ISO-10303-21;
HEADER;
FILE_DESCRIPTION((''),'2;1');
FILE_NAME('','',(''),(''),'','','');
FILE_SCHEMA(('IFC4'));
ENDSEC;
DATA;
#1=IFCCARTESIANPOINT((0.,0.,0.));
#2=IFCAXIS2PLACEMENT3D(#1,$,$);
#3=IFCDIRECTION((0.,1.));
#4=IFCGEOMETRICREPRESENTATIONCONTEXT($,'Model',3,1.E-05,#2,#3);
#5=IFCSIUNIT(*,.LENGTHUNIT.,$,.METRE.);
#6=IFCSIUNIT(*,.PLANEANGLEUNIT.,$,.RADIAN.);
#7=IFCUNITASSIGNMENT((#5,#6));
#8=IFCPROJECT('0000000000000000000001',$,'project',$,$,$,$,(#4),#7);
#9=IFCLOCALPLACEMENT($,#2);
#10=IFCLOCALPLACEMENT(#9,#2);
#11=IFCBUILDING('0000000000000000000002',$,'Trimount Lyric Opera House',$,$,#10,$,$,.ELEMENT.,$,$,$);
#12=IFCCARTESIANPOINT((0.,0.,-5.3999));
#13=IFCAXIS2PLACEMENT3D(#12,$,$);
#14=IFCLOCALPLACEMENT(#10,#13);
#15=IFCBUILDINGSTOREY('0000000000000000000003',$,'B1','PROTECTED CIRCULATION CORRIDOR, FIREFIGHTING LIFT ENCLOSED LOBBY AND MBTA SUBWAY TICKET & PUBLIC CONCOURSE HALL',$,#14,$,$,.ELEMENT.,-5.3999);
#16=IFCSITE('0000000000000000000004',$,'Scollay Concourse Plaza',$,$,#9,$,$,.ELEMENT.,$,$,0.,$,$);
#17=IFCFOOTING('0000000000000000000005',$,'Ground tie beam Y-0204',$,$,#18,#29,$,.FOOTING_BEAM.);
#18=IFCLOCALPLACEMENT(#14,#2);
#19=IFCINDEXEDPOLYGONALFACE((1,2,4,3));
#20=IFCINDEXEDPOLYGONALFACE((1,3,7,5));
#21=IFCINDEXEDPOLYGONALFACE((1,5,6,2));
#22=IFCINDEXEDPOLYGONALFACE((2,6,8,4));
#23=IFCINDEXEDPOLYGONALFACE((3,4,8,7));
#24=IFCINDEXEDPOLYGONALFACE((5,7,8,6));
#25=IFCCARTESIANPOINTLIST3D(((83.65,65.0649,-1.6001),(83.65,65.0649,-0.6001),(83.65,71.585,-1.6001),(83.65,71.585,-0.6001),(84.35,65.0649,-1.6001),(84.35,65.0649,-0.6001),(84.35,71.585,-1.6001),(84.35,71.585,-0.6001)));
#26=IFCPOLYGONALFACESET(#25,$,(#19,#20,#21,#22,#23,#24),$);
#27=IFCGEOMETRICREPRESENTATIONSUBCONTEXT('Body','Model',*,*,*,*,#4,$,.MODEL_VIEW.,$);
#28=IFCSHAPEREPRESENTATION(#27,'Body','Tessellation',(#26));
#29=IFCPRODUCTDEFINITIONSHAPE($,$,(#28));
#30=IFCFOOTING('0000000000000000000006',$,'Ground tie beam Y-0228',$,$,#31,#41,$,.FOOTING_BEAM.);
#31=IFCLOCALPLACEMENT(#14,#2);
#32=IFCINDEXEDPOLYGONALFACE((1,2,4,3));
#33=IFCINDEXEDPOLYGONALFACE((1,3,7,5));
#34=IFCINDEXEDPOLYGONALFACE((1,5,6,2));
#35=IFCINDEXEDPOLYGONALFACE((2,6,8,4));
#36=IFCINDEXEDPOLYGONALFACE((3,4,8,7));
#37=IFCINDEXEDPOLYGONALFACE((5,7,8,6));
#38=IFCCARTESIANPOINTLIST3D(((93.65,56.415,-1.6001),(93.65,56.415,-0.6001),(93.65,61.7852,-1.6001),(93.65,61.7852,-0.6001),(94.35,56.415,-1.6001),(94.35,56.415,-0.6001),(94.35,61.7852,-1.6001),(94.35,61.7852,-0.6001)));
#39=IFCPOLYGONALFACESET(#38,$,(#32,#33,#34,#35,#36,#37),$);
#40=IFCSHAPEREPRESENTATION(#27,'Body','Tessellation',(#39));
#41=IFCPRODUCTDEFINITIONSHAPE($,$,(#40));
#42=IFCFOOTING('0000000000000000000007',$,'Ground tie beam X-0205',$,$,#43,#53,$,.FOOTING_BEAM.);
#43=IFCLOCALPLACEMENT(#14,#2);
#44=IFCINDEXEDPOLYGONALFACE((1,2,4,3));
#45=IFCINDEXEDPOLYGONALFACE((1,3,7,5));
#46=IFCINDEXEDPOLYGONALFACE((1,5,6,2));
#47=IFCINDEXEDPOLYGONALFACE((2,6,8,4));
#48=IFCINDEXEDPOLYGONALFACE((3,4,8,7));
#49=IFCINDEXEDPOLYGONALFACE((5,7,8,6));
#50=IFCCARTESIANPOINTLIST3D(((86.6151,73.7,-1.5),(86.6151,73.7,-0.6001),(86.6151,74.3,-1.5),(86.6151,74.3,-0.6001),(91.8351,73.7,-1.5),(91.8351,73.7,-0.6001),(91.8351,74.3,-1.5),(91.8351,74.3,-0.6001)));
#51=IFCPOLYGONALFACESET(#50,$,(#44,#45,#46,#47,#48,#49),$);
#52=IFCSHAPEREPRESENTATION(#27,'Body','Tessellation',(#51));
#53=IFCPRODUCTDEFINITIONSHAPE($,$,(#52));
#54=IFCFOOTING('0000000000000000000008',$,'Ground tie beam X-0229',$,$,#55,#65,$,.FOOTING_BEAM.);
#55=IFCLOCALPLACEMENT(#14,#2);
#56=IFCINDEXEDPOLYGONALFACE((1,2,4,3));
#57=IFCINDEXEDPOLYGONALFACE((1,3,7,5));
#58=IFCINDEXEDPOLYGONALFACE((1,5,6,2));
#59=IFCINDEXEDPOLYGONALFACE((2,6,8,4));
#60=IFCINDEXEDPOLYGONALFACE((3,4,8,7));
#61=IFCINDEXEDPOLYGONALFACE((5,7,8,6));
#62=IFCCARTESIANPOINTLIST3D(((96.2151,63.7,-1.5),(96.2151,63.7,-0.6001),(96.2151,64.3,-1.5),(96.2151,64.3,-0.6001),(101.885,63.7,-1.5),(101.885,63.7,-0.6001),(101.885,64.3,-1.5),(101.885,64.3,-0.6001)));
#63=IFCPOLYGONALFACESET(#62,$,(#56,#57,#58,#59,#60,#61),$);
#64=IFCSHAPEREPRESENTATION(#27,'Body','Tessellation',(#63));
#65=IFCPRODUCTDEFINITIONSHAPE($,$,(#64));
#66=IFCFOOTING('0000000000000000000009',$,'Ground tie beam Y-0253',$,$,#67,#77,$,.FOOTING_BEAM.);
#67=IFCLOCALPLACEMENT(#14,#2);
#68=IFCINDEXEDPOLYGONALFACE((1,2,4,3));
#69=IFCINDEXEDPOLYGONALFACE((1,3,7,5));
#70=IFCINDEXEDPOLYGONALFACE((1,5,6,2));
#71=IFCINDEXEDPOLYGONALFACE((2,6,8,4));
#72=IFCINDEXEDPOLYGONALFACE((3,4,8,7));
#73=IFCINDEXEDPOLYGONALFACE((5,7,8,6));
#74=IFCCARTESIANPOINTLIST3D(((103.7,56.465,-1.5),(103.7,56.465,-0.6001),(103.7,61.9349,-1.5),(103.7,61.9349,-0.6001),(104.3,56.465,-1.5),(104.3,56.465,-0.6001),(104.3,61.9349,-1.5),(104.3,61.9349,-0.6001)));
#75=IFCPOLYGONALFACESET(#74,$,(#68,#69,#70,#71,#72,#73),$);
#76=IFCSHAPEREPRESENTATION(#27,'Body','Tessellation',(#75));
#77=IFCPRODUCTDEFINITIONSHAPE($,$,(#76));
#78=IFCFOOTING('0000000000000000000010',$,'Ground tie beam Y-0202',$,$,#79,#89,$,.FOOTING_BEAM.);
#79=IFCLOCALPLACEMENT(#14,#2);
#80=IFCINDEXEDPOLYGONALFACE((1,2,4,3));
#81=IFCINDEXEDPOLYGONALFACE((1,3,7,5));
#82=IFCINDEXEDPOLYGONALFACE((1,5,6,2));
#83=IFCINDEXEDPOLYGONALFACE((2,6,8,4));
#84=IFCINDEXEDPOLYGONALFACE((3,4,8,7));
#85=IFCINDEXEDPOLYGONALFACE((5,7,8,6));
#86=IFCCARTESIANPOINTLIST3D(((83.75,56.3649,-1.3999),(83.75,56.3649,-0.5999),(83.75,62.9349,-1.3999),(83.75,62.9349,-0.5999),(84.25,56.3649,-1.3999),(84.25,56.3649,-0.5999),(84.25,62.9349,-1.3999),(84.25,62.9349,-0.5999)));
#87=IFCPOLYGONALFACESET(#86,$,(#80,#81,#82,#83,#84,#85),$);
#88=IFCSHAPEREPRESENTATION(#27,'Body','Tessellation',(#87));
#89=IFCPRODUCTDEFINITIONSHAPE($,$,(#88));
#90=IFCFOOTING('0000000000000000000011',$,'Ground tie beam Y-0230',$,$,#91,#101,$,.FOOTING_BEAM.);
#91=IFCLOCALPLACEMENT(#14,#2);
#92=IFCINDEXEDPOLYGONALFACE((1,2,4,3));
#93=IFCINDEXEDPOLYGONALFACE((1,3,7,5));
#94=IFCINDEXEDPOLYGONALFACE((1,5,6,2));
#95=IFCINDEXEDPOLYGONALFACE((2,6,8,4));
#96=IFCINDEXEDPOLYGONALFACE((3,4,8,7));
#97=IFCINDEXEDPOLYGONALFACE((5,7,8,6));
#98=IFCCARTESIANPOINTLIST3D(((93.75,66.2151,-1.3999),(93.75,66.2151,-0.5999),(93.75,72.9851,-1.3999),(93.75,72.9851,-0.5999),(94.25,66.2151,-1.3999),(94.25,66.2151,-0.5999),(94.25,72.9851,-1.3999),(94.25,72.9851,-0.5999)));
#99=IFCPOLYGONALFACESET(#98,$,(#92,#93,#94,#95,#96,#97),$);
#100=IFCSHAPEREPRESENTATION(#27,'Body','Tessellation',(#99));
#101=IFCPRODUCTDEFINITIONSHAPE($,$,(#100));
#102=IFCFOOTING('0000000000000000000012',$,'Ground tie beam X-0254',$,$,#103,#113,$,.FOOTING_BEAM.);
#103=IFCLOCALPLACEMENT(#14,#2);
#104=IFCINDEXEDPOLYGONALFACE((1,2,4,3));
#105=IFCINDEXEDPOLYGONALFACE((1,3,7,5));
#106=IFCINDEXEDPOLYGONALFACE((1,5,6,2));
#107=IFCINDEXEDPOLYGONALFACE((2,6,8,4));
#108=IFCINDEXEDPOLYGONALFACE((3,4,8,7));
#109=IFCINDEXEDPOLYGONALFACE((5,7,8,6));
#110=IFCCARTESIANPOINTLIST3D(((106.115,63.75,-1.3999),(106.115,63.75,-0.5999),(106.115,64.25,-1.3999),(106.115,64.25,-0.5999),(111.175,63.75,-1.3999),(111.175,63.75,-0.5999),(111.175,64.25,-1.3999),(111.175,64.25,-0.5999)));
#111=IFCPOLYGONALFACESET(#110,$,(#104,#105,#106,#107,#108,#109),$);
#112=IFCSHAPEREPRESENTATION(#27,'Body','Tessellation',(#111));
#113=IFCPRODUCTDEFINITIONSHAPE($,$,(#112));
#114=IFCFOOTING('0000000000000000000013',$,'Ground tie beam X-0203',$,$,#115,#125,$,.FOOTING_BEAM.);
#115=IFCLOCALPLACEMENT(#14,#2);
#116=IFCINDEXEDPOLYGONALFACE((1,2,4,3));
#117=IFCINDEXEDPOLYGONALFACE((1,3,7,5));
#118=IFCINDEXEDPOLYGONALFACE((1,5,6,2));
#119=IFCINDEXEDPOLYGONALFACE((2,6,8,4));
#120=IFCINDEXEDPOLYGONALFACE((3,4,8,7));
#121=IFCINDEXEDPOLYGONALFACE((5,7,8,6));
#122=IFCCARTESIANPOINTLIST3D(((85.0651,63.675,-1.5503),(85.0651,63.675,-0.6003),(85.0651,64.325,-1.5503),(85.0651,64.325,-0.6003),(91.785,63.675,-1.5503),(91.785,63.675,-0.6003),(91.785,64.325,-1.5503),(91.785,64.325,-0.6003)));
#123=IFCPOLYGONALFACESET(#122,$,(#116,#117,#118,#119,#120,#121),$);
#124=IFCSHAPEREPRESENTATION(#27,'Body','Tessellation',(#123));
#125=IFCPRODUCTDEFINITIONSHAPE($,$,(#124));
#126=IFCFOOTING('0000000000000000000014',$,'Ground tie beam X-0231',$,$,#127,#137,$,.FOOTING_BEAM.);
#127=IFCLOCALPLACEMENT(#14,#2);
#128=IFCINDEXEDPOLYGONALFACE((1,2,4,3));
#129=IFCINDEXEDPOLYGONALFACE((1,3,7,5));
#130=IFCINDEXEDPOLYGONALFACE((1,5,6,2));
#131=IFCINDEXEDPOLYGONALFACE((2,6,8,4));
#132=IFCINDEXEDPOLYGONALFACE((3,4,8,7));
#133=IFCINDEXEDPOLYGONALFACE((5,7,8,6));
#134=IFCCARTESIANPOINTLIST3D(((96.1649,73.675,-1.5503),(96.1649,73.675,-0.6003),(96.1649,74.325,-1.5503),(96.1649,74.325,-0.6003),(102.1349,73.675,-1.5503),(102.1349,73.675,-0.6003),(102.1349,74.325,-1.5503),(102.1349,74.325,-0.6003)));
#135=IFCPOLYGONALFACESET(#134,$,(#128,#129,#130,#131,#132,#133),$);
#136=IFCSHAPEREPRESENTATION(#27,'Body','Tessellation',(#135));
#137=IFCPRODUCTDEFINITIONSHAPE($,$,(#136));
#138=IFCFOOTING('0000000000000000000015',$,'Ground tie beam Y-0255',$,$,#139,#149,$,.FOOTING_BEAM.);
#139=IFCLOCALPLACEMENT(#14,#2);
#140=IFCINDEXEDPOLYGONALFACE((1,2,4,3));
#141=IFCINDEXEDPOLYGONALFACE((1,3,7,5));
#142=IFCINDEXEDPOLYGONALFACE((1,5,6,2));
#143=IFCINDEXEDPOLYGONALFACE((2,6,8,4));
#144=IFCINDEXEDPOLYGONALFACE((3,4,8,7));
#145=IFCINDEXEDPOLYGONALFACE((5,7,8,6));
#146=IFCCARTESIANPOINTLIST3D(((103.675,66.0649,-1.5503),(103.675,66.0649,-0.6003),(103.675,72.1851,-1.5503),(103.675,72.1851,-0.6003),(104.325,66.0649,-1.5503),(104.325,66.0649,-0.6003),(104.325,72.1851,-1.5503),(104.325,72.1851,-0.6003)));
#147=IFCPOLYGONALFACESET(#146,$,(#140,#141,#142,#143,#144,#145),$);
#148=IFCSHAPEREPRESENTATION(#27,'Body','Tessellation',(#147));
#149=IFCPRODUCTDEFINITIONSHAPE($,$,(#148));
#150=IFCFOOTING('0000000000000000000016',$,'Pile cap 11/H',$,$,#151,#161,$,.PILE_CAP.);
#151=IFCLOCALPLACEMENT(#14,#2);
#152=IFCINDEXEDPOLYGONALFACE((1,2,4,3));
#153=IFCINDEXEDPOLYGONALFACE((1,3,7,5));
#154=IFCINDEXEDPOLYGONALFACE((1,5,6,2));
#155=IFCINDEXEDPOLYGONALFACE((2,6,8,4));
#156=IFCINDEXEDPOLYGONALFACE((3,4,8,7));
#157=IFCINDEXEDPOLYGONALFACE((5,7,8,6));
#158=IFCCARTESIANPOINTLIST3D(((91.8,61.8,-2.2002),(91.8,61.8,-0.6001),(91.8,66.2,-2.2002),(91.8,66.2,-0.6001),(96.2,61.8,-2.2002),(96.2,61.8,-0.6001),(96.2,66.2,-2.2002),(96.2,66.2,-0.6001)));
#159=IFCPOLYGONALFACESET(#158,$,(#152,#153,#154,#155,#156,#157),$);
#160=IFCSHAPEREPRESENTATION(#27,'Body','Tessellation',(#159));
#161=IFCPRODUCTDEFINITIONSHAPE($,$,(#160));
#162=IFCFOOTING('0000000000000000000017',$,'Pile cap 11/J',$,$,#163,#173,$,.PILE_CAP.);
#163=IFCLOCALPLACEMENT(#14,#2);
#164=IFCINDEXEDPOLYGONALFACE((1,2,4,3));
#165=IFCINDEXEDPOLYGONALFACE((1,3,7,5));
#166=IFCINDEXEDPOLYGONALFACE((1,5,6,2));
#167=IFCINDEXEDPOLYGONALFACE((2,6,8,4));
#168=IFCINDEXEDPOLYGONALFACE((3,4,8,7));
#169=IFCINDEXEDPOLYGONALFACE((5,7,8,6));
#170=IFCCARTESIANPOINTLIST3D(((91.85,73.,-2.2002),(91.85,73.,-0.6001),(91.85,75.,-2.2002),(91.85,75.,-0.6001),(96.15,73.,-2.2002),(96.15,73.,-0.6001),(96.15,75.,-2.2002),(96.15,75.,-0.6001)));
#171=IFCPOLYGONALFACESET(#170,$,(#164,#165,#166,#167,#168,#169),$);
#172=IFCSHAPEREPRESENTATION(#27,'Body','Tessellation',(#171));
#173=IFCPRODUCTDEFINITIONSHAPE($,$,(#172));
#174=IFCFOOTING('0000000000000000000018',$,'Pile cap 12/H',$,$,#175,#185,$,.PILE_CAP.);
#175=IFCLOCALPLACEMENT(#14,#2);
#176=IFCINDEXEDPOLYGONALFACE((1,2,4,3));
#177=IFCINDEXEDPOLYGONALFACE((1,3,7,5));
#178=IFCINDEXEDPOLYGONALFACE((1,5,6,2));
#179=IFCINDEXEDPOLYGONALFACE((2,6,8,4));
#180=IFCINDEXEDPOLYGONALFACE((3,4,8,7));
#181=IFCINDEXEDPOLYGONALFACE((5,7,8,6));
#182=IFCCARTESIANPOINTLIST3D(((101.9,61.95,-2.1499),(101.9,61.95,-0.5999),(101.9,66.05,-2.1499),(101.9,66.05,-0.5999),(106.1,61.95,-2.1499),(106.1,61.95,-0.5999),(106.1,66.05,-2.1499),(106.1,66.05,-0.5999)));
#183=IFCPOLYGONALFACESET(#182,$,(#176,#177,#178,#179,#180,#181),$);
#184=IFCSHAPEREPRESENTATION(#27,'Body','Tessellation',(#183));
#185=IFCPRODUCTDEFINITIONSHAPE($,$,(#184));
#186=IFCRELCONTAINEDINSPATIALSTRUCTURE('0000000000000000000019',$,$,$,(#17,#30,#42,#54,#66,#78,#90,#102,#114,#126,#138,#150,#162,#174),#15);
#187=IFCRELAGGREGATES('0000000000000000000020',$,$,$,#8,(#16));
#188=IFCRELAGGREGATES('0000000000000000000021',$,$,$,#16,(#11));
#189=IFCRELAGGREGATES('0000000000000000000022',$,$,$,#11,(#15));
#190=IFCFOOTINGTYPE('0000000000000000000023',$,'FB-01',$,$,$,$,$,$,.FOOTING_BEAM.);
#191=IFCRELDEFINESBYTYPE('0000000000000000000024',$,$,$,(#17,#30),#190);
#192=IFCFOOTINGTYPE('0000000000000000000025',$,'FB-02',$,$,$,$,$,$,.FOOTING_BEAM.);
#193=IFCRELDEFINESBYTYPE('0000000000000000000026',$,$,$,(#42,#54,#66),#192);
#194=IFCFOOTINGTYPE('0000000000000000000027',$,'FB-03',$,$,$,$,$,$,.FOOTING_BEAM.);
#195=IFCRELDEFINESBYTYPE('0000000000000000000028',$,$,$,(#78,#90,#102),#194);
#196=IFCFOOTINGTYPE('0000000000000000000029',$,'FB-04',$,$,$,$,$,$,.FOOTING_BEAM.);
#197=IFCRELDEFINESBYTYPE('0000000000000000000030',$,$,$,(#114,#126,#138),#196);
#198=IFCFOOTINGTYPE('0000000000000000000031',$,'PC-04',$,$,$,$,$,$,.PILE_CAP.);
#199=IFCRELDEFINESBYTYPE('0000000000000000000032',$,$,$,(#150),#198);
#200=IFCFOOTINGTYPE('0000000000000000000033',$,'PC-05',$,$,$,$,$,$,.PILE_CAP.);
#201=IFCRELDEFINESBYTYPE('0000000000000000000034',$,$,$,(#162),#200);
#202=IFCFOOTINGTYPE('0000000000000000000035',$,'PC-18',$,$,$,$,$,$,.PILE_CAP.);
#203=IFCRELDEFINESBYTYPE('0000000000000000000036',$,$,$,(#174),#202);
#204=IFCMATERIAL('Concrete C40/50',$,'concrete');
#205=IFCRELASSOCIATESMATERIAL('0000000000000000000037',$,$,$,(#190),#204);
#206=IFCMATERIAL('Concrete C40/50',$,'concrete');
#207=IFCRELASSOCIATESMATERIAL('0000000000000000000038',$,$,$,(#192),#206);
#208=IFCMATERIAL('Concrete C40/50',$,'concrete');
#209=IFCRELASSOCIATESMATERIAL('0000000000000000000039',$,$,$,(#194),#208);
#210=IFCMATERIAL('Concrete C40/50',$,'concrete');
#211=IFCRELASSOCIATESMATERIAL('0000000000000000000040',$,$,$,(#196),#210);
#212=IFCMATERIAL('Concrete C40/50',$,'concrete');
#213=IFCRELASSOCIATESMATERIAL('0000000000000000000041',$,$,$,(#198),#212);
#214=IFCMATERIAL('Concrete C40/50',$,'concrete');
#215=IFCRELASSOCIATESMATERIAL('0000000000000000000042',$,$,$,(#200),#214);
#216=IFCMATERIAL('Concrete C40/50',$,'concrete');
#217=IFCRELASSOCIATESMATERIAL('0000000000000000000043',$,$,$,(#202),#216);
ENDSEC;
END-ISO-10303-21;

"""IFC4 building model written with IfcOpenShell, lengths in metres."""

from ifc_helpers import new_model, si_unit, direction, frame, origin, origin_2d, place, context, subcontext, project, spatial, rectangle, extrude, material, type_object, element, save


model = new_model("IFC4")

# Units and contexts
model_context = context("Model", 3, precision=1e-05, world=origin(), true_north=direction((0.0, 1.0)))
body_context = subcontext(model_context, "Body", "Model", "MODEL_VIEW")
ifc_project = project(units=[si_unit("LENGTHUNIT", "METRE"), si_unit("PLANEANGLEUNIT", "RADIAN")], contexts=[model_context])

# Site, building, storey
site_placement = place(None, origin())
site = spatial("IfcSite", under=ifc_project, at=site_placement, Name="Scollay Concourse Plaza", CompositionType="ELEMENT", RefElevation=0.0)
building_placement = place(site_placement, origin())
building = spatial("IfcBuilding", under=site, at=building_placement, Name="Trimount Lyric Opera House", CompositionType="ELEMENT")
storey_placement = place(building_placement, frame((0.0, 0.0, -5.3999)))
storey = spatial("IfcBuildingStorey", under=building, at=storey_placement, Name="B1", Description="PROTECTED CIRCULATION CORRIDOR, FIREFIGHTING LIFT ENCLOSED LOBBY AND MBTA SUBWAY TICKET & PUBLIC CONCOURSE HALL", CompositionType="ELEMENT", Elevation=-5.3999)

# Footings
ifc_material_1 = material(Name="Concrete C40/50", Category="concrete")
footing_type_1 = type_object("IfcFootingType", Name="FB-01", PredefinedType="FOOTING_BEAM", material=ifc_material_1)
footing_1_placement = place(storey_placement, frame((84.0, 68.325, -1.6001), z_axis=(0.0, 0.0, 1.0), x_axis=(1.0, 0.0, 0.0)))
element("IfcFooting", 1, at=footing_1_placement, inside=storey, type_object=footing_type_1, Name="Ground tie beam Y-0204", PredefinedType="FOOTING_BEAM", context=body_context, shape_type="SweptSolid", body=[
    extrude(rectangle(XDim=0.7, YDim=6.52, at=origin_2d()), origin(), (0.0, 0.0, 1.0), 1.0),
])
footing_2_placement = place(storey_placement, frame((94.0, 59.1001, -1.6001), z_axis=(0.0, 0.0, 1.0), x_axis=(1.0, 0.0, 0.0)))
element("IfcFooting", 2, at=footing_2_placement, inside=storey, type_object=footing_type_1, Name="Ground tie beam Y-0228", PredefinedType="FOOTING_BEAM", context=body_context, shape_type="SweptSolid", body=[
    extrude(rectangle(XDim=0.7, YDim=5.3701, at=origin_2d()), origin(), (0.0, 0.0, 1.0), 1.0),
])
ifc_material_2 = material(Name="Concrete C40/50", Category="concrete")
footing_type_2 = type_object("IfcFootingType", Name="FB-02", PredefinedType="FOOTING_BEAM", material=ifc_material_2)
footing_3_placement = place(storey_placement, frame((89.2251, 74.0, -1.5), z_axis=(0.0, 0.0, 1.0), x_axis=(1.0, 0.0, 0.0)))
element("IfcFooting", 3, at=footing_3_placement, inside=storey, type_object=footing_type_2, Name="Ground tie beam X-0205", PredefinedType="FOOTING_BEAM", context=body_context, shape_type="SweptSolid", body=[
    extrude(rectangle(XDim=5.22, YDim=0.6001, at=origin_2d()), origin(), (0.0, 0.0, 1.0), 0.8999),
])
footing_4_placement = place(storey_placement, frame((99.05, 64.0, -1.5), z_axis=(0.0, 0.0, 1.0), x_axis=(1.0, 0.0, 0.0)))
element("IfcFooting", 4, at=footing_4_placement, inside=storey, type_object=footing_type_2, Name="Ground tie beam X-0229", PredefinedType="FOOTING_BEAM", context=body_context, shape_type="SweptSolid", body=[
    extrude(rectangle(XDim=5.6699, YDim=0.6001, at=origin_2d()), origin(), (0.0, 0.0, 1.0), 0.8999),
])
footing_5_placement = place(storey_placement, frame((104.0, 59.2, -1.5), z_axis=(0.0, 0.0, 1.0), x_axis=(1.0, 0.0, 0.0)))
element("IfcFooting", 5, at=footing_5_placement, inside=storey, type_object=footing_type_2, Name="Ground tie beam Y-0253", PredefinedType="FOOTING_BEAM", context=body_context, shape_type="SweptSolid", body=[
    extrude(rectangle(XDim=0.6001, YDim=5.47, at=origin_2d()), origin(), (0.0, 0.0, 1.0), 0.8999),
])
ifc_material_3 = material(Name="Concrete C40/50", Category="concrete")
footing_type_3 = type_object("IfcFootingType", Name="FB-03", PredefinedType="FOOTING_BEAM", material=ifc_material_3)
footing_6_placement = place(storey_placement, frame((84.0, 59.6499, -1.3999), z_axis=(0.0, 0.0, 1.0), x_axis=(1.0, 0.0, 0.0)))
element("IfcFooting", 6, at=footing_6_placement, inside=storey, type_object=footing_type_3, Name="Ground tie beam Y-0202", PredefinedType="FOOTING_BEAM", context=body_context, shape_type="SweptSolid", body=[
    extrude(rectangle(XDim=0.5, YDim=6.5701, at=origin_2d()), origin(), (0.0, 0.0, 1.0), 0.8),
])
footing_7_placement = place(storey_placement, frame((94.0, 69.6001, -1.3999), z_axis=(0.0, 0.0, 1.0), x_axis=(1.0, 0.0, 0.0)))
element("IfcFooting", 7, at=footing_7_placement, inside=storey, type_object=footing_type_3, Name="Ground tie beam Y-0230", PredefinedType="FOOTING_BEAM", context=body_context, shape_type="SweptSolid", body=[
    extrude(rectangle(XDim=0.5, YDim=6.77, at=origin_2d()), origin(), (0.0, 0.0, 1.0), 0.8),
])
footing_8_placement = place(storey_placement, frame((108.645, 64.0, -1.3999), z_axis=(0.0, 0.0, 1.0), x_axis=(1.0, 0.0, 0.0)))
element("IfcFooting", 8, at=footing_8_placement, inside=storey, type_object=footing_type_3, Name="Ground tie beam X-0254", PredefinedType="FOOTING_BEAM", context=body_context, shape_type="SweptSolid", body=[
    extrude(rectangle(XDim=5.0601, YDim=0.5, at=origin_2d()), origin(), (0.0, 0.0, 1.0), 0.8),
])
ifc_material_4 = material(Name="Concrete C40/50", Category="concrete")
footing_type_4 = type_object("IfcFootingType", Name="FB-04", PredefinedType="FOOTING_BEAM", material=ifc_material_4)
footing_9_placement = place(storey_placement, frame((88.425, 64.0, -1.5503), z_axis=(0.0, 0.0, 1.0), x_axis=(1.0, 0.0, 0.0)))
element("IfcFooting", 9, at=footing_9_placement, inside=storey, type_object=footing_type_4, Name="Ground tie beam X-0203", PredefinedType="FOOTING_BEAM", context=body_context, shape_type="SweptSolid", body=[
    extrude(rectangle(XDim=6.72, YDim=0.6499, at=origin_2d()), origin(), (0.0, 0.0, 1.0), 0.95),
])
footing_10_placement = place(storey_placement, frame((99.1499, 74.0, -1.5503), z_axis=(0.0, 0.0, 1.0), x_axis=(1.0, 0.0, 0.0)))
element("IfcFooting", 10, at=footing_10_placement, inside=storey, type_object=footing_type_4, Name="Ground tie beam X-0231", PredefinedType="FOOTING_BEAM", context=body_context, shape_type="SweptSolid", body=[
    extrude(rectangle(XDim=5.97, YDim=0.6499, at=origin_2d()), origin(), (0.0, 0.0, 1.0), 0.95),
])
footing_11_placement = place(storey_placement, frame((104.0, 69.125, -1.5503), z_axis=(0.0, 0.0, 1.0), x_axis=(1.0, 0.0, 0.0)))
element("IfcFooting", 11, at=footing_11_placement, inside=storey, type_object=footing_type_4, Name="Ground tie beam Y-0255", PredefinedType="FOOTING_BEAM", context=body_context, shape_type="SweptSolid", body=[
    extrude(rectangle(XDim=0.6499, YDim=6.1201, at=origin_2d()), origin(), (0.0, 0.0, 1.0), 0.95),
])
ifc_material_5 = material(Name="Concrete C40/50", Category="concrete")
footing_type_5 = type_object("IfcFootingType", Name="PC-04", PredefinedType="PILE_CAP", material=ifc_material_5)
footing_12_placement = place(storey_placement, frame((94.0, 64.0, -2.2002), z_axis=(0.0, 0.0, 1.0), x_axis=(1.0, 0.0, 0.0)))
element("IfcFooting", 12, at=footing_12_placement, inside=storey, type_object=footing_type_5, Name="Pile cap 11/H", PredefinedType="PILE_CAP", context=body_context, shape_type="SweptSolid", body=[
    extrude(rectangle(XDim=4.3999, YDim=4.3999, at=origin_2d()), origin(), (0.0, 0.0, 1.0), 1.6001),
])
ifc_material_6 = material(Name="Concrete C40/50", Category="concrete")
footing_type_6 = type_object("IfcFootingType", Name="PC-05", PredefinedType="PILE_CAP", material=ifc_material_6)
footing_13_placement = place(storey_placement, frame((94.0, 74.0, -2.2002), z_axis=(0.0, 0.0, 1.0), x_axis=(1.0, 0.0, 0.0)))
element("IfcFooting", 13, at=footing_13_placement, inside=storey, type_object=footing_type_6, Name="Pile cap 11/J", PredefinedType="PILE_CAP", context=body_context, shape_type="SweptSolid", body=[
    extrude(rectangle(XDim=4.3, YDim=2.0, at=origin_2d()), origin(), (0.0, 0.0, 1.0), 1.6001),
])
ifc_material_7 = material(Name="Concrete C40/50", Category="concrete")
footing_type_7 = type_object("IfcFootingType", Name="PC-18", PredefinedType="PILE_CAP", material=ifc_material_7)
footing_14_placement = place(storey_placement, frame((104.0, 64.0, -2.1499), z_axis=(0.0, 0.0, 1.0), x_axis=(1.0, 0.0, 0.0)))
element("IfcFooting", 14, at=footing_14_placement, inside=storey, type_object=footing_type_7, Name="Pile cap 12/H", PredefinedType="PILE_CAP", context=body_context, shape_type="SweptSolid", body=[
    extrude(rectangle(XDim=4.2, YDim=4.1001, at=origin_2d()), origin(), (0.0, 0.0, 1.0), 1.55),
])

save(model, "model.ifc")
